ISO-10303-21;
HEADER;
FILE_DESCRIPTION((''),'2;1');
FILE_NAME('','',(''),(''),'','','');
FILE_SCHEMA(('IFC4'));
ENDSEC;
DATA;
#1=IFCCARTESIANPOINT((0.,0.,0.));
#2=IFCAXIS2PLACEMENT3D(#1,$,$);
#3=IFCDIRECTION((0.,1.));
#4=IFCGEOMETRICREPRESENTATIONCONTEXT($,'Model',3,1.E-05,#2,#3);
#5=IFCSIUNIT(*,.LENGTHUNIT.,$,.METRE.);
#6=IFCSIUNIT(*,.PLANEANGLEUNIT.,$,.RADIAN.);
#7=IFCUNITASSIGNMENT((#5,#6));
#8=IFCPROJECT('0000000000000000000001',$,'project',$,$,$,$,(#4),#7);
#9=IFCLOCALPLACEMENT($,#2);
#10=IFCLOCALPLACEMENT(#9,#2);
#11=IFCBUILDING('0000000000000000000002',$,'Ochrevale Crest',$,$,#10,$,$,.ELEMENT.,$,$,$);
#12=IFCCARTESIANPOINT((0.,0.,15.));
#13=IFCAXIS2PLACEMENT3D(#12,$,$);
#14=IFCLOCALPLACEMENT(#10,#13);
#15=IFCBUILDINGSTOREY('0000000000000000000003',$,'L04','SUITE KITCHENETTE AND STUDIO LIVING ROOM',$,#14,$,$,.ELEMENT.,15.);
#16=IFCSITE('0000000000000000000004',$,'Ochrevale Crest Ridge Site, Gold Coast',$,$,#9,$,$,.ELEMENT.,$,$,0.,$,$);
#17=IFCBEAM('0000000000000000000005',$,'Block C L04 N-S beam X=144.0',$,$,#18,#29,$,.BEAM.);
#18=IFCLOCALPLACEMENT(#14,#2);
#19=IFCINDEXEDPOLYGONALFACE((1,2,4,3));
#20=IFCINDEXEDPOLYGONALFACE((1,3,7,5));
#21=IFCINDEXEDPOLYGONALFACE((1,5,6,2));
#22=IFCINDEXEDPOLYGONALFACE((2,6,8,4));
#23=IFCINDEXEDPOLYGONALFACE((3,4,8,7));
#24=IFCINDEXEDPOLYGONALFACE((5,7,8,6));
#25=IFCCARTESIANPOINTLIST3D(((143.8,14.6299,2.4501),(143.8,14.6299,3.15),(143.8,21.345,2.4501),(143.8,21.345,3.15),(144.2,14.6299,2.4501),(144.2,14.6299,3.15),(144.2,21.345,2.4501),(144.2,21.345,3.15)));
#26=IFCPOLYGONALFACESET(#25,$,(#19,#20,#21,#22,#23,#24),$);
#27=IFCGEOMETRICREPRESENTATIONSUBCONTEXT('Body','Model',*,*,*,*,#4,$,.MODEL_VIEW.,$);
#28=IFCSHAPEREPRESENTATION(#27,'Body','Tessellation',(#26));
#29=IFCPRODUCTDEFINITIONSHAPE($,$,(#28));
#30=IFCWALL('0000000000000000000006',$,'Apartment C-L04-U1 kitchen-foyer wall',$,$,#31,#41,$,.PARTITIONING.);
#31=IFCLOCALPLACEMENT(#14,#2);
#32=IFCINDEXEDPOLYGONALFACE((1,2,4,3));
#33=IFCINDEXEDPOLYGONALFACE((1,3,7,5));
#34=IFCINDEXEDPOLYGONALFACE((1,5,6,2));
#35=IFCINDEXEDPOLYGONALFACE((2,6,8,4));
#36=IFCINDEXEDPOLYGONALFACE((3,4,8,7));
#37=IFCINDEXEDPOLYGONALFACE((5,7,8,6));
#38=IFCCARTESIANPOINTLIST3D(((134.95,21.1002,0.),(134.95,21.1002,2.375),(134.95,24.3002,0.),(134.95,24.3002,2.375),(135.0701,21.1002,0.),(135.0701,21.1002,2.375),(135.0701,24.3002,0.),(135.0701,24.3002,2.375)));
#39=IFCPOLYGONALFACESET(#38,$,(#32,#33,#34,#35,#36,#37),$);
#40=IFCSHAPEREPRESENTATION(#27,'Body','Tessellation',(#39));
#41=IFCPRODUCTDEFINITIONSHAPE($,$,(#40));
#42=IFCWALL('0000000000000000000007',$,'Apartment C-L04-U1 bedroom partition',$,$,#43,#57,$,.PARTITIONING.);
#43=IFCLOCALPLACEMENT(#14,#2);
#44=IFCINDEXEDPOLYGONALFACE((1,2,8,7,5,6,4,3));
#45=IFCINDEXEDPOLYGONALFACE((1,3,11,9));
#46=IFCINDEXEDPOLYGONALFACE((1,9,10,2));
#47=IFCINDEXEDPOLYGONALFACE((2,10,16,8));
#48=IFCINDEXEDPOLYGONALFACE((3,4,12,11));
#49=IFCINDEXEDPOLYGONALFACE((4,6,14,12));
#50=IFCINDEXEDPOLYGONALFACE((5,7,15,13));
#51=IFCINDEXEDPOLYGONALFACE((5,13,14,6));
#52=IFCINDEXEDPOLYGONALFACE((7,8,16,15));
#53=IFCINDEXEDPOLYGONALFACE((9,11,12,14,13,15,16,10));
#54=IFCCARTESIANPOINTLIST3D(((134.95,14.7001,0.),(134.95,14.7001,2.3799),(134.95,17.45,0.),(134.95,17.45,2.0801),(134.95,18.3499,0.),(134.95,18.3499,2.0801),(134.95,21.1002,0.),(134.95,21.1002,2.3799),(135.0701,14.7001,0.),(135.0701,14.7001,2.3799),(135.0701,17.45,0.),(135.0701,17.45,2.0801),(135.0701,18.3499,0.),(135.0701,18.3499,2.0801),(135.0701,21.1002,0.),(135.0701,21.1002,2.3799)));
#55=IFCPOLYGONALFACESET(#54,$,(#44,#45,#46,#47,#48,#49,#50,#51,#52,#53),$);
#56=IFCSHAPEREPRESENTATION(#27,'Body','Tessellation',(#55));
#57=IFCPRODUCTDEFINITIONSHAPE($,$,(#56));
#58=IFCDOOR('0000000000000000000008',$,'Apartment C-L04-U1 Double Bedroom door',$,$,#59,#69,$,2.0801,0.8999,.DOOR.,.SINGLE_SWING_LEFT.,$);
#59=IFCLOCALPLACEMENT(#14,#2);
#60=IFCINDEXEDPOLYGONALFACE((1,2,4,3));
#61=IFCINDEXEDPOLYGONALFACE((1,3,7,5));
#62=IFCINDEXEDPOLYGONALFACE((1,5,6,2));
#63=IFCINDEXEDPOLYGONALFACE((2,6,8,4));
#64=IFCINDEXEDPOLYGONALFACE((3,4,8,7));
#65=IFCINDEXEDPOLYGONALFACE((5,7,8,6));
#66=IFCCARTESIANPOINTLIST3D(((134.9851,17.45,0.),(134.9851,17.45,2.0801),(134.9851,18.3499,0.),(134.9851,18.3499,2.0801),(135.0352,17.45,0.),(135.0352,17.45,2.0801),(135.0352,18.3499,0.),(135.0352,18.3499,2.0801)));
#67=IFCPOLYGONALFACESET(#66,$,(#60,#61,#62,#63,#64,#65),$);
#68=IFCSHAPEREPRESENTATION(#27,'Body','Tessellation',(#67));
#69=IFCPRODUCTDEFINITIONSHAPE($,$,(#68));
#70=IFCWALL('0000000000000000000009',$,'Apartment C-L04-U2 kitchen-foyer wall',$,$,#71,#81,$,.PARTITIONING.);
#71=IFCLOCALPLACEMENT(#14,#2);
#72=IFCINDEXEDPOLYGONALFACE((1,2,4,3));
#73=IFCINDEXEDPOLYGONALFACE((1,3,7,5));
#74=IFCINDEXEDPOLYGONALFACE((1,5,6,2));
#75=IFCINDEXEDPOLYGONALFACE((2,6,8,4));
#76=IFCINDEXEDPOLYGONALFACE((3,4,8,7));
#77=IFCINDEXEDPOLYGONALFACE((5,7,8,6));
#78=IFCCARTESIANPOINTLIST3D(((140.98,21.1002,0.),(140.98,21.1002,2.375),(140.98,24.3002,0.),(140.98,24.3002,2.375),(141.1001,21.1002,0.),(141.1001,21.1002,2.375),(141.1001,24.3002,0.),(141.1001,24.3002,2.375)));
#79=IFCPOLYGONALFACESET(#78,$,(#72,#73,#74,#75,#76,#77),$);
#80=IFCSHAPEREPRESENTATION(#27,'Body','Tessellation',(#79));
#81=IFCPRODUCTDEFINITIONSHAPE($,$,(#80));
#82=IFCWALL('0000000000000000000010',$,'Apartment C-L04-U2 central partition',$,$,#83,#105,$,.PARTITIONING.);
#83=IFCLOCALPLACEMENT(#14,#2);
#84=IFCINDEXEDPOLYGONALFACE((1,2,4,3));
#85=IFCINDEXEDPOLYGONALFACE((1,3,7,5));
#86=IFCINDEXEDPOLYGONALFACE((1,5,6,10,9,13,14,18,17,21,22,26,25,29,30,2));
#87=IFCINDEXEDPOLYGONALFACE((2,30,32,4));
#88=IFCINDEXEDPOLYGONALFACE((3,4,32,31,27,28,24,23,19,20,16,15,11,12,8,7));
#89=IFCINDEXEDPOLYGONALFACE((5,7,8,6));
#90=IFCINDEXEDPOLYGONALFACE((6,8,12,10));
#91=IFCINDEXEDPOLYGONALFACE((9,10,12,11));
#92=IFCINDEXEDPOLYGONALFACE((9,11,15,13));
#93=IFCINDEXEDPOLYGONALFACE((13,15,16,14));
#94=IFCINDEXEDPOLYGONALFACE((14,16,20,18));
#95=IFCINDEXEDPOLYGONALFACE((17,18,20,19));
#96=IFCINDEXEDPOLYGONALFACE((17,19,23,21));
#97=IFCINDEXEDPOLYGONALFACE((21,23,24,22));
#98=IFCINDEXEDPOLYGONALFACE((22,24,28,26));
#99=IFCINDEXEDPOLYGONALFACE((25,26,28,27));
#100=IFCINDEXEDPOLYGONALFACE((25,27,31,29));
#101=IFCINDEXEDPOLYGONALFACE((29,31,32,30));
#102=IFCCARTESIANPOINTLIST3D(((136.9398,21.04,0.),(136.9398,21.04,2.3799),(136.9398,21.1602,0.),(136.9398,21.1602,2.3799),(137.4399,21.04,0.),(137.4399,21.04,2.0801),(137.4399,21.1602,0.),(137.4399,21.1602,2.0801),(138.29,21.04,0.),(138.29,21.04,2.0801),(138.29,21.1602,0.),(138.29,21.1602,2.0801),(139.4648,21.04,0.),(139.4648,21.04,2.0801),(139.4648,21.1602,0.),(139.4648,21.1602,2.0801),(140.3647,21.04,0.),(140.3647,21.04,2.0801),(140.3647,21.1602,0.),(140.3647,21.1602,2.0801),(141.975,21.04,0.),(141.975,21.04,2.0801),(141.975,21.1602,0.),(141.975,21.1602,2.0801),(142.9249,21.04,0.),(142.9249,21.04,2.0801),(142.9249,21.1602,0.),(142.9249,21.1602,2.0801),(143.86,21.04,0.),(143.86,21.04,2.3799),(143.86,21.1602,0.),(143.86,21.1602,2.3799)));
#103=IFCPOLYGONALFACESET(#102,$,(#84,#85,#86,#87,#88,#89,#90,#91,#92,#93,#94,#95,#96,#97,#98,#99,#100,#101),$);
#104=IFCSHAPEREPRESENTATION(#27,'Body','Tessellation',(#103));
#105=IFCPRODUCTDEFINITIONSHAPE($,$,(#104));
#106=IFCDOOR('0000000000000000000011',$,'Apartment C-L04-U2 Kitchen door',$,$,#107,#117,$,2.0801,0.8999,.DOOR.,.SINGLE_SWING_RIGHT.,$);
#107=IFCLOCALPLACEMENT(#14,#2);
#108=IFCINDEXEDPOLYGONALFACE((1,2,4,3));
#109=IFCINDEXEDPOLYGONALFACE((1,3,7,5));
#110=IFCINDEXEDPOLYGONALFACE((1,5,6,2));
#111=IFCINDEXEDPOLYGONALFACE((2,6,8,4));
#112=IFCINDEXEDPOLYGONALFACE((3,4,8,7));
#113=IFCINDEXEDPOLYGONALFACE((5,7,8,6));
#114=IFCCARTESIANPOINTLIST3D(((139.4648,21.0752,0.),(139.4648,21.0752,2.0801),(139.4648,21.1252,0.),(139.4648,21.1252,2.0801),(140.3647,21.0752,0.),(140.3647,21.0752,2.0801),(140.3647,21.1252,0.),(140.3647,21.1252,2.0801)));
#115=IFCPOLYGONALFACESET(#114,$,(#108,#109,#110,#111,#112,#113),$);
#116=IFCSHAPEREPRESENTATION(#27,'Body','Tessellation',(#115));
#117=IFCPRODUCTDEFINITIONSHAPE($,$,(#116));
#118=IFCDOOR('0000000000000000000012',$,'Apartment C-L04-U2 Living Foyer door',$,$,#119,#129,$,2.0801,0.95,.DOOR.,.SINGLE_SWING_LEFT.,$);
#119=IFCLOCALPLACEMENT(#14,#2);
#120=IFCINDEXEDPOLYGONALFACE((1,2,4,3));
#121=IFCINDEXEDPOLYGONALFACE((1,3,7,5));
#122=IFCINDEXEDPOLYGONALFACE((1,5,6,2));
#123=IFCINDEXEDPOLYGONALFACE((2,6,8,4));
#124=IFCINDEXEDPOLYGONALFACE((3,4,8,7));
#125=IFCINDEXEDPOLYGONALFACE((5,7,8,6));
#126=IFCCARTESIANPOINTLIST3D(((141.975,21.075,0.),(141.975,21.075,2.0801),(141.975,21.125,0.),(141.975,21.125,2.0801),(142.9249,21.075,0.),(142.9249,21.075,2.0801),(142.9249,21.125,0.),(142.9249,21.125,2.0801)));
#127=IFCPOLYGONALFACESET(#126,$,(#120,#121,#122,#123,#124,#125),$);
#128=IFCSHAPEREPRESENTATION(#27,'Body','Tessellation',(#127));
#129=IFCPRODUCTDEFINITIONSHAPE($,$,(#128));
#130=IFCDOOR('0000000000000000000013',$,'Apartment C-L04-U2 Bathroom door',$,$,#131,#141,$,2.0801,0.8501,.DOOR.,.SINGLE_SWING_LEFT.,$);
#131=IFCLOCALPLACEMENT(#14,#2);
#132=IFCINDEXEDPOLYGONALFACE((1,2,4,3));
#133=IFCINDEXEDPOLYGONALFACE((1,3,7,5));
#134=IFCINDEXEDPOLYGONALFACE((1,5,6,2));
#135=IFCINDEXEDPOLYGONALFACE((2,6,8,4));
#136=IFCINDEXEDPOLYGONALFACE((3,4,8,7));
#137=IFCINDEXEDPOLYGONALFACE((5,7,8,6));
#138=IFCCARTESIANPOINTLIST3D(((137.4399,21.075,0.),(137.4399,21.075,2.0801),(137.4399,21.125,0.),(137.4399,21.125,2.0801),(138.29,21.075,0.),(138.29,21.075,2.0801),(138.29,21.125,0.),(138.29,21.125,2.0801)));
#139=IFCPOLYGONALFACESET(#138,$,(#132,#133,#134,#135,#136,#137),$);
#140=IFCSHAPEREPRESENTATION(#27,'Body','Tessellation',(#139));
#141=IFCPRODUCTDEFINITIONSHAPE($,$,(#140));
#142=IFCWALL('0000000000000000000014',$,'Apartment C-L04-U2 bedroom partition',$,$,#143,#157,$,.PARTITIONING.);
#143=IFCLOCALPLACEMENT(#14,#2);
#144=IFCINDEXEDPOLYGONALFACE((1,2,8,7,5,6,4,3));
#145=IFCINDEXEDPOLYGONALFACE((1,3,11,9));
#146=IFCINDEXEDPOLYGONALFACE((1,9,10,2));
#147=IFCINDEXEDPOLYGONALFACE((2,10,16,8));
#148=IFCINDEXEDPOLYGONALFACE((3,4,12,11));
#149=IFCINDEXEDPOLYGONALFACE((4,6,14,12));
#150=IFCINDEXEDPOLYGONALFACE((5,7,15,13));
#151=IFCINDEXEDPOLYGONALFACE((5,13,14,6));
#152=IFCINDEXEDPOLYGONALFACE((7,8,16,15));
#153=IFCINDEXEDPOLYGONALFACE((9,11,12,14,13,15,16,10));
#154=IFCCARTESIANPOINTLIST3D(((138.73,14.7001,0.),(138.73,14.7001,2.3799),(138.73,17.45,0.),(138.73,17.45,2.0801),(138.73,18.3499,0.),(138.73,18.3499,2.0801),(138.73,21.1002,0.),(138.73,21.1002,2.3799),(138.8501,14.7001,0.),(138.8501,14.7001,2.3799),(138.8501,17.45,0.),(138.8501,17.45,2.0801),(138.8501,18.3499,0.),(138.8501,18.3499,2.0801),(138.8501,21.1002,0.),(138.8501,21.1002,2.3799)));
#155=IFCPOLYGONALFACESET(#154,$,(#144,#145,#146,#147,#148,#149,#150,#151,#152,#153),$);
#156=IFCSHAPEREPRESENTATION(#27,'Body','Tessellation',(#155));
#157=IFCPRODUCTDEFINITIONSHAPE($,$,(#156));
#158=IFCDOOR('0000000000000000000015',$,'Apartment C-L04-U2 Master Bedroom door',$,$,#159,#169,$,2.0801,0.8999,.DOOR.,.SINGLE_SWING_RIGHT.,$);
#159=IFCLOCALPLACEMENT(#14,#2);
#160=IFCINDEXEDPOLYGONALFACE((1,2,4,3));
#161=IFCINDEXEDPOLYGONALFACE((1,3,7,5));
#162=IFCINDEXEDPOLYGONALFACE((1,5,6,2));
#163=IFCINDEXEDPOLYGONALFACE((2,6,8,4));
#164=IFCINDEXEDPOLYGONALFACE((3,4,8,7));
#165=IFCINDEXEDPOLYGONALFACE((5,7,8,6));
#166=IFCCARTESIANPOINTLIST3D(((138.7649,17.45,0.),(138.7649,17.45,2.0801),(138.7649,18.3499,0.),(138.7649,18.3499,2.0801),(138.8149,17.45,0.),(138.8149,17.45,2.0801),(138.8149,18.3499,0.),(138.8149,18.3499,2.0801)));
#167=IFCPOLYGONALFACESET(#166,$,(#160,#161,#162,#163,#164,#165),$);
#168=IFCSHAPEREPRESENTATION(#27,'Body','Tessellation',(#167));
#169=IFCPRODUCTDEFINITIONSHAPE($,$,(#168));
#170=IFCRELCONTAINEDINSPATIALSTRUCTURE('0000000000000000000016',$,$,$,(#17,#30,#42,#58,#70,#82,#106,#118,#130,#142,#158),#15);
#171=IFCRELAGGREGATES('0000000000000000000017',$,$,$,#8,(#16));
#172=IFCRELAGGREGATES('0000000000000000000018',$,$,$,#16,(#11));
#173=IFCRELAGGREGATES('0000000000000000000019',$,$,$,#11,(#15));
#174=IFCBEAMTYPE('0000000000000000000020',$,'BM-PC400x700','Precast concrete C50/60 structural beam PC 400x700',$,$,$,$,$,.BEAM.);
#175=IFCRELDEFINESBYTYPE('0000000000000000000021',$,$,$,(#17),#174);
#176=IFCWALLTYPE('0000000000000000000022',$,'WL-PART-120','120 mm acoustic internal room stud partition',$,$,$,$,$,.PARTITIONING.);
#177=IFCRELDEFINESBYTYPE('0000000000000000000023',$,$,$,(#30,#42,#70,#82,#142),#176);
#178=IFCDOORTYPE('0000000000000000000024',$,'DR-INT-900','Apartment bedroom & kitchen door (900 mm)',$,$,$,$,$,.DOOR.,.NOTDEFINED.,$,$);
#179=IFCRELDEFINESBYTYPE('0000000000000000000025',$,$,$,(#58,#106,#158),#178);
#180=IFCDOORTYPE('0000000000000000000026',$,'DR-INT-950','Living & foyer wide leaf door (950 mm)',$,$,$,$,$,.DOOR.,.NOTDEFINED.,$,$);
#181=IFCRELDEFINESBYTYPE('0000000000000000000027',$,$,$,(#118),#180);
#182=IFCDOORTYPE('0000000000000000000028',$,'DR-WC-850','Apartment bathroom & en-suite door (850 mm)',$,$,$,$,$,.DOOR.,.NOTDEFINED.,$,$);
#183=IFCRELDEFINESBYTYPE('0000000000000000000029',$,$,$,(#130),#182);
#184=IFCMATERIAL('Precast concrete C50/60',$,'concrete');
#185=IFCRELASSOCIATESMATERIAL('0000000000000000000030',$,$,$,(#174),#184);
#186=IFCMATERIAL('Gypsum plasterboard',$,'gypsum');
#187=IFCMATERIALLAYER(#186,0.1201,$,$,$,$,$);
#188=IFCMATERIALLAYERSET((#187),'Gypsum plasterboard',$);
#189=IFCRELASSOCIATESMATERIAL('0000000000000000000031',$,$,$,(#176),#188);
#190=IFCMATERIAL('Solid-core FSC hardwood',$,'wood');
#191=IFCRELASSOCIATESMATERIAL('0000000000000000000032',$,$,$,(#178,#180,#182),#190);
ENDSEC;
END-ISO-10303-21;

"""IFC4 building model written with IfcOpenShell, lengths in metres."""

from ifc_helpers import new_model, si_unit, direction, frame, frame_2d, origin, origin_2d, place, context, subcontext, project, spatial, rectangle, extrude, material, layer, layer_set, material_profile, profile_set, type_object, element, fill, save


model = new_model("IFC4")

# Units and contexts
model_context = context("Model", 3, precision=1e-05, world=origin(), true_north=direction((0.0, 1.0)))
body_context = subcontext(model_context, "Body", "Model", "MODEL_VIEW")
ifc_project = project(units=[si_unit("LENGTHUNIT", "METRE"), si_unit("PLANEANGLEUNIT", "RADIAN")], contexts=[model_context])

# Site, building, storey
site_placement = place(None, origin())
site = spatial("IfcSite", under=ifc_project, at=site_placement, Name="Ochrevale Crest Ridge Site, Gold Coast", CompositionType="ELEMENT", RefElevation=0.0)
building_placement = place(site_placement, origin())
building = spatial("IfcBuilding", under=site, at=building_placement, Name="Ochrevale Crest", CompositionType="ELEMENT")
storey_placement = place(building_placement, frame((0.0, 0.0, 15.0)))
storey = spatial("IfcBuildingStorey", under=building, at=storey_placement, Name="L04", Description="SUITE KITCHENETTE AND STUDIO LIVING ROOM", CompositionType="ELEMENT", Elevation=15.0)

# Beam
ifc_material_1 = material(Name="Precast concrete C50/60", Category="concrete")
ifc_material_profile = material_profile(ifc_material_1, rectangle(XDim=0.3999, YDim=0.7, at=origin_2d()), Name="PC 400x700")
ifc_profile_set = profile_set([ifc_material_profile], Name="Precast concrete C50/60")
beam_type = type_object("IfcBeamType", Name="BM-PC400x700", Description="Precast concrete C50/60 structural beam PC 400x700", PredefinedType="BEAM", material=ifc_profile_set)
beam_placement = place(storey_placement, frame((144.0, 14.6299, 2.8), z_axis=(0.0, 1.0, 0.0), x_axis=(-1.0, 0.0, 0.0)))
element("IfcBeam", 1, at=beam_placement, inside=storey, type_object=beam_type, Name="Block C L04 N-S beam X=144.0", PredefinedType="BEAM", context=body_context, shape_type="SweptSolid", body=[
    extrude(rectangle(XDim=0.3999, YDim=0.7, at=origin_2d()), origin(), (0.0, 0.0, 1.0), 6.7151),
])

# Wall
ifc_material_2 = material(Name="Gypsum plasterboard", Category="gypsum")
ifc_layer_1 = layer(ifc_material_2, 0.1201)
ifc_layer_set_1 = layer_set([ifc_layer_1], Name="Gypsum plasterboard")
wall_type_1 = type_object("IfcWallType", Name="WL-PART-120", Description="120 mm acoustic internal room stud partition", PredefinedType="PARTITIONING", material=ifc_layer_set_1)
wall_1_placement = place(storey_placement, frame((135.01, 21.1001, 0.0), z_axis=(0.0, 0.0, 1.0), x_axis=(0.0, 1.0, 0.0)))
element("IfcWall", 2, at=wall_1_placement, inside=storey, type_object=wall_type_1, Name="Apartment C-L04-U1 kitchen-foyer wall", PredefinedType="PARTITIONING", context=body_context, shape_type="SweptSolid", body=[
    extrude(rectangle(XDim=3.2, YDim=0.1201, at=frame_2d((1.6001, 0.0))), origin(), (0.0, 0.0, 1.0), 2.375),
])

# Wall, opening, door
wall_2_placement = place(storey_placement, frame((135.01, 14.7, 0.0), z_axis=(0.0, 0.0, 1.0), x_axis=(0.0, 1.0, 0.0)))
wall_2 = element("IfcWall", 3, at=wall_2_placement, inside=storey, type_object=wall_type_1, Name="Apartment C-L04-U1 bedroom partition", PredefinedType="PARTITIONING", context=body_context, shape_type="SweptSolid", body=[
    extrude(rectangle(XDim=6.4001, YDim=0.1201, at=frame_2d((3.2002, 0.0))), origin(), (0.0, 0.0, 1.0), 2.3799),
])
opening_1_placement = place(wall_2_placement, frame((2.75, 0.0, 0.0)))
opening_1 = element("IfcOpeningElement", 4, at=opening_1_placement, cuts=wall_2, PredefinedType="OPENING", context=body_context, shape_type="SweptSolid", body=[
    extrude(rectangle(XDim=0.8999, YDim=2.0801, at=frame_2d((0.45, 1.04))), frame((0.0, 0.0701, 0.0), z_axis=(0.0, -1.0, 0.0), x_axis=(1.0, 0.0, 0.0)), (0.0, 0.0, 1.0), 0.1401),
])
ifc_material_3 = material(Name="Solid-core FSC hardwood", Category="wood")
door_type_1 = type_object("IfcDoorType", Name="DR-INT-900", Description="Apartment bedroom & kitchen door (900 mm)", OperationType="NOTDEFINED", PredefinedType="DOOR", material=ifc_material_3)
door_1_placement = place(opening_1_placement, origin())
door_1 = element("IfcDoor", 5, at=door_1_placement, inside=storey, type_object=door_type_1, Name="Apartment C-L04-U1 Double Bedroom door", OperationType="SINGLE_SWING_LEFT", OverallHeight=2.0801, OverallWidth=0.8999, PredefinedType="DOOR", context=body_context, shape_type="SweptSolid", body=[
    extrude(rectangle(XDim=0.8999, YDim=2.0801, at=frame_2d((0.45, 1.04))), frame((0.0, 0.0249, 0.0), z_axis=(0.0, -1.0, 0.0), x_axis=(1.0, 0.0, 0.0)), (0.0, 0.0, 1.0), 0.05),
])
fill(opening_1, door_1)

# Wall
wall_3_placement = place(storey_placement, frame((141.04, 21.1001, 0.0), z_axis=(0.0, 0.0, 1.0), x_axis=(0.0, 1.0, 0.0)))
element("IfcWall", 6, at=wall_3_placement, inside=storey, type_object=wall_type_1, Name="Apartment C-L04-U2 kitchen-foyer wall", PredefinedType="PARTITIONING", context=body_context, shape_type="SweptSolid", body=[
    extrude(rectangle(XDim=3.2, YDim=0.1201, at=frame_2d((1.6001, 0.0))), origin(), (0.0, 0.0, 1.0), 2.375),
])

# Wall, openings, doors
wall_4_placement = place(storey_placement, frame((136.9399, 21.1001, 0.0), z_axis=(0.0, 0.0, 1.0), x_axis=(1.0, 0.0, 0.0)))
wall_4 = element("IfcWall", 7, at=wall_4_placement, inside=storey, type_object=wall_type_1, Name="Apartment C-L04-U2 central partition", PredefinedType="PARTITIONING", context=body_context, shape_type="SweptSolid", body=[
    extrude(rectangle(XDim=6.9202, YDim=0.1201, at=frame_2d((3.46, 0.0))), origin(), (0.0, 0.0, 1.0), 2.3799),
])
opening_2_placement = place(wall_4_placement, frame((0.5, 0.0, 0.0)))
opening_2 = element("IfcOpeningElement", 8, at=opening_2_placement, cuts=wall_4, PredefinedType="OPENING", context=body_context, shape_type="SweptSolid", body=[
    extrude(rectangle(XDim=0.8501, YDim=2.0801, at=frame_2d((0.425, 1.04))), frame((0.0, 0.0701, 0.0), z_axis=(0.0, -1.0, 0.0), x_axis=(1.0, 0.0, 0.0)), (0.0, 0.0, 1.0), 0.1401),
])
opening_3_placement = place(wall_4_placement, frame((3.4248, 0.0, 0.0), z_axis=(0.0, 0.0, 1.0), x_axis=(-1.0, 0.0, 0.0)))
opening_3 = element("IfcOpeningElement", 9, at=opening_3_placement, cuts=wall_4, PredefinedType="OPENING", context=body_context, shape_type="SweptSolid", body=[
    extrude(rectangle(XDim=0.8999, YDim=2.0801, at=frame_2d((0.45, 1.04))), frame((0.0, 0.0701, 0.0), z_axis=(0.0, -1.0, 0.0), x_axis=(1.0, 0.0, 0.0)), (0.0, 0.0, 1.0), 0.1401),
])
opening_4_placement = place(wall_4_placement, frame((5.0349, 0.0, 0.0)))
opening_4 = element("IfcOpeningElement", 10, at=opening_4_placement, cuts=wall_4, PredefinedType="OPENING", context=body_context, shape_type="SweptSolid", body=[
    extrude(rectangle(XDim=0.95, YDim=2.0801, at=frame_2d((0.4751, 1.04))), frame((0.0, 0.0701, 0.0), z_axis=(0.0, -1.0, 0.0), x_axis=(1.0, 0.0, 0.0)), (0.0, 0.0, 1.0), 0.1401),
])
door_2_placement = place(opening_3_placement, origin())
door_2 = element("IfcDoor", 11, at=door_2_placement, inside=storey, type_object=door_type_1, Name="Apartment C-L04-U2 Kitchen door", OperationType="SINGLE_SWING_RIGHT", OverallHeight=2.0801, OverallWidth=0.8999, PredefinedType="DOOR", context=body_context, shape_type="SweptSolid", body=[
    extrude(rectangle(XDim=0.8999, YDim=2.0801, at=frame_2d((0.45, 1.04))), frame((0.0, 0.0249, 0.0), z_axis=(0.0, -1.0, 0.0), x_axis=(1.0, 0.0, 0.0)), (0.0, 0.0, 1.0), 0.05),
])
fill(opening_3, door_2)
door_type_2 = type_object("IfcDoorType", Name="DR-INT-950", Description="Living & foyer wide leaf door (950 mm)", OperationType="NOTDEFINED", PredefinedType="DOOR", material=ifc_material_3)
door_3_placement = place(opening_4_placement, origin())
door_3 = element("IfcDoor", 12, at=door_3_placement, inside=storey, type_object=door_type_2, Name="Apartment C-L04-U2 Living Foyer door", OperationType="SINGLE_SWING_LEFT", OverallHeight=2.0801, OverallWidth=0.95, PredefinedType="DOOR", context=body_context, shape_type="SweptSolid", body=[
    extrude(rectangle(XDim=0.95, YDim=2.0801, at=frame_2d((0.4751, 1.04))), frame((0.0, 0.0249, 0.0), z_axis=(0.0, -1.0, 0.0), x_axis=(1.0, 0.0, 0.0)), (0.0, 0.0, 1.0), 0.05),
])
fill(opening_4, door_3)
door_type_3 = type_object("IfcDoorType", Name="DR-WC-850", Description="Apartment bathroom & en-suite door (850 mm)", OperationType="NOTDEFINED", PredefinedType="DOOR", material=ifc_material_3)
door_4_placement = place(opening_2_placement, origin())
door_4 = element("IfcDoor", 13, at=door_4_placement, inside=storey, type_object=door_type_3, Name="Apartment C-L04-U2 Bathroom door", OperationType="SINGLE_SWING_LEFT", OverallHeight=2.0801, OverallWidth=0.8501, PredefinedType="DOOR", context=body_context, shape_type="SweptSolid", body=[
    extrude(rectangle(XDim=0.8501, YDim=2.0801, at=frame_2d((0.425, 1.04))), frame((0.0, 0.0249, 0.0), z_axis=(0.0, -1.0, 0.0), x_axis=(1.0, 0.0, 0.0)), (0.0, 0.0, 1.0), 0.05),
])
fill(opening_2, door_4)

# Wall, opening, door
wall_5_placement = place(storey_placement, frame((138.79, 14.7, 0.0), z_axis=(0.0, 0.0, 1.0), x_axis=(0.0, 1.0, 0.0)))
wall_5 = element("IfcWall", 14, at=wall_5_placement, inside=storey, type_object=wall_type_1, Name="Apartment C-L04-U2 bedroom partition", PredefinedType="PARTITIONING", context=body_context, shape_type="SweptSolid", body=[
    extrude(rectangle(XDim=6.4001, YDim=0.1201, at=frame_2d((3.2002, 0.0))), origin(), (0.0, 0.0, 1.0), 2.3799),
])
opening_5_placement = place(wall_5_placement, frame((3.6499, 0.0, 0.0), z_axis=(0.0, 0.0, 1.0), x_axis=(-1.0, 0.0, 0.0)))
opening_5 = element("IfcOpeningElement", 15, at=opening_5_placement, cuts=wall_5, PredefinedType="OPENING", context=body_context, shape_type="SweptSolid", body=[
    extrude(rectangle(XDim=0.8999, YDim=2.0801, at=frame_2d((0.45, 1.04))), frame((0.0, 0.0701, 0.0), z_axis=(0.0, -1.0, 0.0), x_axis=(1.0, 0.0, 0.0)), (0.0, 0.0, 1.0), 0.1401),
])
door_5_placement = place(opening_5_placement, origin())
door_5 = element("IfcDoor", 16, at=door_5_placement, inside=storey, type_object=door_type_1, Name="Apartment C-L04-U2 Master Bedroom door", OperationType="SINGLE_SWING_RIGHT", OverallHeight=2.0801, OverallWidth=0.8999, PredefinedType="DOOR", context=body_context, shape_type="SweptSolid", body=[
    extrude(rectangle(XDim=0.8999, YDim=2.0801, at=frame_2d((0.45, 1.04))), frame((0.0, 0.0249, 0.0), z_axis=(0.0, -1.0, 0.0), x_axis=(1.0, 0.0, 0.0)), (0.0, 0.0, 1.0), 0.05),
])
fill(opening_5, door_5)

save(model, "model.ifc")
